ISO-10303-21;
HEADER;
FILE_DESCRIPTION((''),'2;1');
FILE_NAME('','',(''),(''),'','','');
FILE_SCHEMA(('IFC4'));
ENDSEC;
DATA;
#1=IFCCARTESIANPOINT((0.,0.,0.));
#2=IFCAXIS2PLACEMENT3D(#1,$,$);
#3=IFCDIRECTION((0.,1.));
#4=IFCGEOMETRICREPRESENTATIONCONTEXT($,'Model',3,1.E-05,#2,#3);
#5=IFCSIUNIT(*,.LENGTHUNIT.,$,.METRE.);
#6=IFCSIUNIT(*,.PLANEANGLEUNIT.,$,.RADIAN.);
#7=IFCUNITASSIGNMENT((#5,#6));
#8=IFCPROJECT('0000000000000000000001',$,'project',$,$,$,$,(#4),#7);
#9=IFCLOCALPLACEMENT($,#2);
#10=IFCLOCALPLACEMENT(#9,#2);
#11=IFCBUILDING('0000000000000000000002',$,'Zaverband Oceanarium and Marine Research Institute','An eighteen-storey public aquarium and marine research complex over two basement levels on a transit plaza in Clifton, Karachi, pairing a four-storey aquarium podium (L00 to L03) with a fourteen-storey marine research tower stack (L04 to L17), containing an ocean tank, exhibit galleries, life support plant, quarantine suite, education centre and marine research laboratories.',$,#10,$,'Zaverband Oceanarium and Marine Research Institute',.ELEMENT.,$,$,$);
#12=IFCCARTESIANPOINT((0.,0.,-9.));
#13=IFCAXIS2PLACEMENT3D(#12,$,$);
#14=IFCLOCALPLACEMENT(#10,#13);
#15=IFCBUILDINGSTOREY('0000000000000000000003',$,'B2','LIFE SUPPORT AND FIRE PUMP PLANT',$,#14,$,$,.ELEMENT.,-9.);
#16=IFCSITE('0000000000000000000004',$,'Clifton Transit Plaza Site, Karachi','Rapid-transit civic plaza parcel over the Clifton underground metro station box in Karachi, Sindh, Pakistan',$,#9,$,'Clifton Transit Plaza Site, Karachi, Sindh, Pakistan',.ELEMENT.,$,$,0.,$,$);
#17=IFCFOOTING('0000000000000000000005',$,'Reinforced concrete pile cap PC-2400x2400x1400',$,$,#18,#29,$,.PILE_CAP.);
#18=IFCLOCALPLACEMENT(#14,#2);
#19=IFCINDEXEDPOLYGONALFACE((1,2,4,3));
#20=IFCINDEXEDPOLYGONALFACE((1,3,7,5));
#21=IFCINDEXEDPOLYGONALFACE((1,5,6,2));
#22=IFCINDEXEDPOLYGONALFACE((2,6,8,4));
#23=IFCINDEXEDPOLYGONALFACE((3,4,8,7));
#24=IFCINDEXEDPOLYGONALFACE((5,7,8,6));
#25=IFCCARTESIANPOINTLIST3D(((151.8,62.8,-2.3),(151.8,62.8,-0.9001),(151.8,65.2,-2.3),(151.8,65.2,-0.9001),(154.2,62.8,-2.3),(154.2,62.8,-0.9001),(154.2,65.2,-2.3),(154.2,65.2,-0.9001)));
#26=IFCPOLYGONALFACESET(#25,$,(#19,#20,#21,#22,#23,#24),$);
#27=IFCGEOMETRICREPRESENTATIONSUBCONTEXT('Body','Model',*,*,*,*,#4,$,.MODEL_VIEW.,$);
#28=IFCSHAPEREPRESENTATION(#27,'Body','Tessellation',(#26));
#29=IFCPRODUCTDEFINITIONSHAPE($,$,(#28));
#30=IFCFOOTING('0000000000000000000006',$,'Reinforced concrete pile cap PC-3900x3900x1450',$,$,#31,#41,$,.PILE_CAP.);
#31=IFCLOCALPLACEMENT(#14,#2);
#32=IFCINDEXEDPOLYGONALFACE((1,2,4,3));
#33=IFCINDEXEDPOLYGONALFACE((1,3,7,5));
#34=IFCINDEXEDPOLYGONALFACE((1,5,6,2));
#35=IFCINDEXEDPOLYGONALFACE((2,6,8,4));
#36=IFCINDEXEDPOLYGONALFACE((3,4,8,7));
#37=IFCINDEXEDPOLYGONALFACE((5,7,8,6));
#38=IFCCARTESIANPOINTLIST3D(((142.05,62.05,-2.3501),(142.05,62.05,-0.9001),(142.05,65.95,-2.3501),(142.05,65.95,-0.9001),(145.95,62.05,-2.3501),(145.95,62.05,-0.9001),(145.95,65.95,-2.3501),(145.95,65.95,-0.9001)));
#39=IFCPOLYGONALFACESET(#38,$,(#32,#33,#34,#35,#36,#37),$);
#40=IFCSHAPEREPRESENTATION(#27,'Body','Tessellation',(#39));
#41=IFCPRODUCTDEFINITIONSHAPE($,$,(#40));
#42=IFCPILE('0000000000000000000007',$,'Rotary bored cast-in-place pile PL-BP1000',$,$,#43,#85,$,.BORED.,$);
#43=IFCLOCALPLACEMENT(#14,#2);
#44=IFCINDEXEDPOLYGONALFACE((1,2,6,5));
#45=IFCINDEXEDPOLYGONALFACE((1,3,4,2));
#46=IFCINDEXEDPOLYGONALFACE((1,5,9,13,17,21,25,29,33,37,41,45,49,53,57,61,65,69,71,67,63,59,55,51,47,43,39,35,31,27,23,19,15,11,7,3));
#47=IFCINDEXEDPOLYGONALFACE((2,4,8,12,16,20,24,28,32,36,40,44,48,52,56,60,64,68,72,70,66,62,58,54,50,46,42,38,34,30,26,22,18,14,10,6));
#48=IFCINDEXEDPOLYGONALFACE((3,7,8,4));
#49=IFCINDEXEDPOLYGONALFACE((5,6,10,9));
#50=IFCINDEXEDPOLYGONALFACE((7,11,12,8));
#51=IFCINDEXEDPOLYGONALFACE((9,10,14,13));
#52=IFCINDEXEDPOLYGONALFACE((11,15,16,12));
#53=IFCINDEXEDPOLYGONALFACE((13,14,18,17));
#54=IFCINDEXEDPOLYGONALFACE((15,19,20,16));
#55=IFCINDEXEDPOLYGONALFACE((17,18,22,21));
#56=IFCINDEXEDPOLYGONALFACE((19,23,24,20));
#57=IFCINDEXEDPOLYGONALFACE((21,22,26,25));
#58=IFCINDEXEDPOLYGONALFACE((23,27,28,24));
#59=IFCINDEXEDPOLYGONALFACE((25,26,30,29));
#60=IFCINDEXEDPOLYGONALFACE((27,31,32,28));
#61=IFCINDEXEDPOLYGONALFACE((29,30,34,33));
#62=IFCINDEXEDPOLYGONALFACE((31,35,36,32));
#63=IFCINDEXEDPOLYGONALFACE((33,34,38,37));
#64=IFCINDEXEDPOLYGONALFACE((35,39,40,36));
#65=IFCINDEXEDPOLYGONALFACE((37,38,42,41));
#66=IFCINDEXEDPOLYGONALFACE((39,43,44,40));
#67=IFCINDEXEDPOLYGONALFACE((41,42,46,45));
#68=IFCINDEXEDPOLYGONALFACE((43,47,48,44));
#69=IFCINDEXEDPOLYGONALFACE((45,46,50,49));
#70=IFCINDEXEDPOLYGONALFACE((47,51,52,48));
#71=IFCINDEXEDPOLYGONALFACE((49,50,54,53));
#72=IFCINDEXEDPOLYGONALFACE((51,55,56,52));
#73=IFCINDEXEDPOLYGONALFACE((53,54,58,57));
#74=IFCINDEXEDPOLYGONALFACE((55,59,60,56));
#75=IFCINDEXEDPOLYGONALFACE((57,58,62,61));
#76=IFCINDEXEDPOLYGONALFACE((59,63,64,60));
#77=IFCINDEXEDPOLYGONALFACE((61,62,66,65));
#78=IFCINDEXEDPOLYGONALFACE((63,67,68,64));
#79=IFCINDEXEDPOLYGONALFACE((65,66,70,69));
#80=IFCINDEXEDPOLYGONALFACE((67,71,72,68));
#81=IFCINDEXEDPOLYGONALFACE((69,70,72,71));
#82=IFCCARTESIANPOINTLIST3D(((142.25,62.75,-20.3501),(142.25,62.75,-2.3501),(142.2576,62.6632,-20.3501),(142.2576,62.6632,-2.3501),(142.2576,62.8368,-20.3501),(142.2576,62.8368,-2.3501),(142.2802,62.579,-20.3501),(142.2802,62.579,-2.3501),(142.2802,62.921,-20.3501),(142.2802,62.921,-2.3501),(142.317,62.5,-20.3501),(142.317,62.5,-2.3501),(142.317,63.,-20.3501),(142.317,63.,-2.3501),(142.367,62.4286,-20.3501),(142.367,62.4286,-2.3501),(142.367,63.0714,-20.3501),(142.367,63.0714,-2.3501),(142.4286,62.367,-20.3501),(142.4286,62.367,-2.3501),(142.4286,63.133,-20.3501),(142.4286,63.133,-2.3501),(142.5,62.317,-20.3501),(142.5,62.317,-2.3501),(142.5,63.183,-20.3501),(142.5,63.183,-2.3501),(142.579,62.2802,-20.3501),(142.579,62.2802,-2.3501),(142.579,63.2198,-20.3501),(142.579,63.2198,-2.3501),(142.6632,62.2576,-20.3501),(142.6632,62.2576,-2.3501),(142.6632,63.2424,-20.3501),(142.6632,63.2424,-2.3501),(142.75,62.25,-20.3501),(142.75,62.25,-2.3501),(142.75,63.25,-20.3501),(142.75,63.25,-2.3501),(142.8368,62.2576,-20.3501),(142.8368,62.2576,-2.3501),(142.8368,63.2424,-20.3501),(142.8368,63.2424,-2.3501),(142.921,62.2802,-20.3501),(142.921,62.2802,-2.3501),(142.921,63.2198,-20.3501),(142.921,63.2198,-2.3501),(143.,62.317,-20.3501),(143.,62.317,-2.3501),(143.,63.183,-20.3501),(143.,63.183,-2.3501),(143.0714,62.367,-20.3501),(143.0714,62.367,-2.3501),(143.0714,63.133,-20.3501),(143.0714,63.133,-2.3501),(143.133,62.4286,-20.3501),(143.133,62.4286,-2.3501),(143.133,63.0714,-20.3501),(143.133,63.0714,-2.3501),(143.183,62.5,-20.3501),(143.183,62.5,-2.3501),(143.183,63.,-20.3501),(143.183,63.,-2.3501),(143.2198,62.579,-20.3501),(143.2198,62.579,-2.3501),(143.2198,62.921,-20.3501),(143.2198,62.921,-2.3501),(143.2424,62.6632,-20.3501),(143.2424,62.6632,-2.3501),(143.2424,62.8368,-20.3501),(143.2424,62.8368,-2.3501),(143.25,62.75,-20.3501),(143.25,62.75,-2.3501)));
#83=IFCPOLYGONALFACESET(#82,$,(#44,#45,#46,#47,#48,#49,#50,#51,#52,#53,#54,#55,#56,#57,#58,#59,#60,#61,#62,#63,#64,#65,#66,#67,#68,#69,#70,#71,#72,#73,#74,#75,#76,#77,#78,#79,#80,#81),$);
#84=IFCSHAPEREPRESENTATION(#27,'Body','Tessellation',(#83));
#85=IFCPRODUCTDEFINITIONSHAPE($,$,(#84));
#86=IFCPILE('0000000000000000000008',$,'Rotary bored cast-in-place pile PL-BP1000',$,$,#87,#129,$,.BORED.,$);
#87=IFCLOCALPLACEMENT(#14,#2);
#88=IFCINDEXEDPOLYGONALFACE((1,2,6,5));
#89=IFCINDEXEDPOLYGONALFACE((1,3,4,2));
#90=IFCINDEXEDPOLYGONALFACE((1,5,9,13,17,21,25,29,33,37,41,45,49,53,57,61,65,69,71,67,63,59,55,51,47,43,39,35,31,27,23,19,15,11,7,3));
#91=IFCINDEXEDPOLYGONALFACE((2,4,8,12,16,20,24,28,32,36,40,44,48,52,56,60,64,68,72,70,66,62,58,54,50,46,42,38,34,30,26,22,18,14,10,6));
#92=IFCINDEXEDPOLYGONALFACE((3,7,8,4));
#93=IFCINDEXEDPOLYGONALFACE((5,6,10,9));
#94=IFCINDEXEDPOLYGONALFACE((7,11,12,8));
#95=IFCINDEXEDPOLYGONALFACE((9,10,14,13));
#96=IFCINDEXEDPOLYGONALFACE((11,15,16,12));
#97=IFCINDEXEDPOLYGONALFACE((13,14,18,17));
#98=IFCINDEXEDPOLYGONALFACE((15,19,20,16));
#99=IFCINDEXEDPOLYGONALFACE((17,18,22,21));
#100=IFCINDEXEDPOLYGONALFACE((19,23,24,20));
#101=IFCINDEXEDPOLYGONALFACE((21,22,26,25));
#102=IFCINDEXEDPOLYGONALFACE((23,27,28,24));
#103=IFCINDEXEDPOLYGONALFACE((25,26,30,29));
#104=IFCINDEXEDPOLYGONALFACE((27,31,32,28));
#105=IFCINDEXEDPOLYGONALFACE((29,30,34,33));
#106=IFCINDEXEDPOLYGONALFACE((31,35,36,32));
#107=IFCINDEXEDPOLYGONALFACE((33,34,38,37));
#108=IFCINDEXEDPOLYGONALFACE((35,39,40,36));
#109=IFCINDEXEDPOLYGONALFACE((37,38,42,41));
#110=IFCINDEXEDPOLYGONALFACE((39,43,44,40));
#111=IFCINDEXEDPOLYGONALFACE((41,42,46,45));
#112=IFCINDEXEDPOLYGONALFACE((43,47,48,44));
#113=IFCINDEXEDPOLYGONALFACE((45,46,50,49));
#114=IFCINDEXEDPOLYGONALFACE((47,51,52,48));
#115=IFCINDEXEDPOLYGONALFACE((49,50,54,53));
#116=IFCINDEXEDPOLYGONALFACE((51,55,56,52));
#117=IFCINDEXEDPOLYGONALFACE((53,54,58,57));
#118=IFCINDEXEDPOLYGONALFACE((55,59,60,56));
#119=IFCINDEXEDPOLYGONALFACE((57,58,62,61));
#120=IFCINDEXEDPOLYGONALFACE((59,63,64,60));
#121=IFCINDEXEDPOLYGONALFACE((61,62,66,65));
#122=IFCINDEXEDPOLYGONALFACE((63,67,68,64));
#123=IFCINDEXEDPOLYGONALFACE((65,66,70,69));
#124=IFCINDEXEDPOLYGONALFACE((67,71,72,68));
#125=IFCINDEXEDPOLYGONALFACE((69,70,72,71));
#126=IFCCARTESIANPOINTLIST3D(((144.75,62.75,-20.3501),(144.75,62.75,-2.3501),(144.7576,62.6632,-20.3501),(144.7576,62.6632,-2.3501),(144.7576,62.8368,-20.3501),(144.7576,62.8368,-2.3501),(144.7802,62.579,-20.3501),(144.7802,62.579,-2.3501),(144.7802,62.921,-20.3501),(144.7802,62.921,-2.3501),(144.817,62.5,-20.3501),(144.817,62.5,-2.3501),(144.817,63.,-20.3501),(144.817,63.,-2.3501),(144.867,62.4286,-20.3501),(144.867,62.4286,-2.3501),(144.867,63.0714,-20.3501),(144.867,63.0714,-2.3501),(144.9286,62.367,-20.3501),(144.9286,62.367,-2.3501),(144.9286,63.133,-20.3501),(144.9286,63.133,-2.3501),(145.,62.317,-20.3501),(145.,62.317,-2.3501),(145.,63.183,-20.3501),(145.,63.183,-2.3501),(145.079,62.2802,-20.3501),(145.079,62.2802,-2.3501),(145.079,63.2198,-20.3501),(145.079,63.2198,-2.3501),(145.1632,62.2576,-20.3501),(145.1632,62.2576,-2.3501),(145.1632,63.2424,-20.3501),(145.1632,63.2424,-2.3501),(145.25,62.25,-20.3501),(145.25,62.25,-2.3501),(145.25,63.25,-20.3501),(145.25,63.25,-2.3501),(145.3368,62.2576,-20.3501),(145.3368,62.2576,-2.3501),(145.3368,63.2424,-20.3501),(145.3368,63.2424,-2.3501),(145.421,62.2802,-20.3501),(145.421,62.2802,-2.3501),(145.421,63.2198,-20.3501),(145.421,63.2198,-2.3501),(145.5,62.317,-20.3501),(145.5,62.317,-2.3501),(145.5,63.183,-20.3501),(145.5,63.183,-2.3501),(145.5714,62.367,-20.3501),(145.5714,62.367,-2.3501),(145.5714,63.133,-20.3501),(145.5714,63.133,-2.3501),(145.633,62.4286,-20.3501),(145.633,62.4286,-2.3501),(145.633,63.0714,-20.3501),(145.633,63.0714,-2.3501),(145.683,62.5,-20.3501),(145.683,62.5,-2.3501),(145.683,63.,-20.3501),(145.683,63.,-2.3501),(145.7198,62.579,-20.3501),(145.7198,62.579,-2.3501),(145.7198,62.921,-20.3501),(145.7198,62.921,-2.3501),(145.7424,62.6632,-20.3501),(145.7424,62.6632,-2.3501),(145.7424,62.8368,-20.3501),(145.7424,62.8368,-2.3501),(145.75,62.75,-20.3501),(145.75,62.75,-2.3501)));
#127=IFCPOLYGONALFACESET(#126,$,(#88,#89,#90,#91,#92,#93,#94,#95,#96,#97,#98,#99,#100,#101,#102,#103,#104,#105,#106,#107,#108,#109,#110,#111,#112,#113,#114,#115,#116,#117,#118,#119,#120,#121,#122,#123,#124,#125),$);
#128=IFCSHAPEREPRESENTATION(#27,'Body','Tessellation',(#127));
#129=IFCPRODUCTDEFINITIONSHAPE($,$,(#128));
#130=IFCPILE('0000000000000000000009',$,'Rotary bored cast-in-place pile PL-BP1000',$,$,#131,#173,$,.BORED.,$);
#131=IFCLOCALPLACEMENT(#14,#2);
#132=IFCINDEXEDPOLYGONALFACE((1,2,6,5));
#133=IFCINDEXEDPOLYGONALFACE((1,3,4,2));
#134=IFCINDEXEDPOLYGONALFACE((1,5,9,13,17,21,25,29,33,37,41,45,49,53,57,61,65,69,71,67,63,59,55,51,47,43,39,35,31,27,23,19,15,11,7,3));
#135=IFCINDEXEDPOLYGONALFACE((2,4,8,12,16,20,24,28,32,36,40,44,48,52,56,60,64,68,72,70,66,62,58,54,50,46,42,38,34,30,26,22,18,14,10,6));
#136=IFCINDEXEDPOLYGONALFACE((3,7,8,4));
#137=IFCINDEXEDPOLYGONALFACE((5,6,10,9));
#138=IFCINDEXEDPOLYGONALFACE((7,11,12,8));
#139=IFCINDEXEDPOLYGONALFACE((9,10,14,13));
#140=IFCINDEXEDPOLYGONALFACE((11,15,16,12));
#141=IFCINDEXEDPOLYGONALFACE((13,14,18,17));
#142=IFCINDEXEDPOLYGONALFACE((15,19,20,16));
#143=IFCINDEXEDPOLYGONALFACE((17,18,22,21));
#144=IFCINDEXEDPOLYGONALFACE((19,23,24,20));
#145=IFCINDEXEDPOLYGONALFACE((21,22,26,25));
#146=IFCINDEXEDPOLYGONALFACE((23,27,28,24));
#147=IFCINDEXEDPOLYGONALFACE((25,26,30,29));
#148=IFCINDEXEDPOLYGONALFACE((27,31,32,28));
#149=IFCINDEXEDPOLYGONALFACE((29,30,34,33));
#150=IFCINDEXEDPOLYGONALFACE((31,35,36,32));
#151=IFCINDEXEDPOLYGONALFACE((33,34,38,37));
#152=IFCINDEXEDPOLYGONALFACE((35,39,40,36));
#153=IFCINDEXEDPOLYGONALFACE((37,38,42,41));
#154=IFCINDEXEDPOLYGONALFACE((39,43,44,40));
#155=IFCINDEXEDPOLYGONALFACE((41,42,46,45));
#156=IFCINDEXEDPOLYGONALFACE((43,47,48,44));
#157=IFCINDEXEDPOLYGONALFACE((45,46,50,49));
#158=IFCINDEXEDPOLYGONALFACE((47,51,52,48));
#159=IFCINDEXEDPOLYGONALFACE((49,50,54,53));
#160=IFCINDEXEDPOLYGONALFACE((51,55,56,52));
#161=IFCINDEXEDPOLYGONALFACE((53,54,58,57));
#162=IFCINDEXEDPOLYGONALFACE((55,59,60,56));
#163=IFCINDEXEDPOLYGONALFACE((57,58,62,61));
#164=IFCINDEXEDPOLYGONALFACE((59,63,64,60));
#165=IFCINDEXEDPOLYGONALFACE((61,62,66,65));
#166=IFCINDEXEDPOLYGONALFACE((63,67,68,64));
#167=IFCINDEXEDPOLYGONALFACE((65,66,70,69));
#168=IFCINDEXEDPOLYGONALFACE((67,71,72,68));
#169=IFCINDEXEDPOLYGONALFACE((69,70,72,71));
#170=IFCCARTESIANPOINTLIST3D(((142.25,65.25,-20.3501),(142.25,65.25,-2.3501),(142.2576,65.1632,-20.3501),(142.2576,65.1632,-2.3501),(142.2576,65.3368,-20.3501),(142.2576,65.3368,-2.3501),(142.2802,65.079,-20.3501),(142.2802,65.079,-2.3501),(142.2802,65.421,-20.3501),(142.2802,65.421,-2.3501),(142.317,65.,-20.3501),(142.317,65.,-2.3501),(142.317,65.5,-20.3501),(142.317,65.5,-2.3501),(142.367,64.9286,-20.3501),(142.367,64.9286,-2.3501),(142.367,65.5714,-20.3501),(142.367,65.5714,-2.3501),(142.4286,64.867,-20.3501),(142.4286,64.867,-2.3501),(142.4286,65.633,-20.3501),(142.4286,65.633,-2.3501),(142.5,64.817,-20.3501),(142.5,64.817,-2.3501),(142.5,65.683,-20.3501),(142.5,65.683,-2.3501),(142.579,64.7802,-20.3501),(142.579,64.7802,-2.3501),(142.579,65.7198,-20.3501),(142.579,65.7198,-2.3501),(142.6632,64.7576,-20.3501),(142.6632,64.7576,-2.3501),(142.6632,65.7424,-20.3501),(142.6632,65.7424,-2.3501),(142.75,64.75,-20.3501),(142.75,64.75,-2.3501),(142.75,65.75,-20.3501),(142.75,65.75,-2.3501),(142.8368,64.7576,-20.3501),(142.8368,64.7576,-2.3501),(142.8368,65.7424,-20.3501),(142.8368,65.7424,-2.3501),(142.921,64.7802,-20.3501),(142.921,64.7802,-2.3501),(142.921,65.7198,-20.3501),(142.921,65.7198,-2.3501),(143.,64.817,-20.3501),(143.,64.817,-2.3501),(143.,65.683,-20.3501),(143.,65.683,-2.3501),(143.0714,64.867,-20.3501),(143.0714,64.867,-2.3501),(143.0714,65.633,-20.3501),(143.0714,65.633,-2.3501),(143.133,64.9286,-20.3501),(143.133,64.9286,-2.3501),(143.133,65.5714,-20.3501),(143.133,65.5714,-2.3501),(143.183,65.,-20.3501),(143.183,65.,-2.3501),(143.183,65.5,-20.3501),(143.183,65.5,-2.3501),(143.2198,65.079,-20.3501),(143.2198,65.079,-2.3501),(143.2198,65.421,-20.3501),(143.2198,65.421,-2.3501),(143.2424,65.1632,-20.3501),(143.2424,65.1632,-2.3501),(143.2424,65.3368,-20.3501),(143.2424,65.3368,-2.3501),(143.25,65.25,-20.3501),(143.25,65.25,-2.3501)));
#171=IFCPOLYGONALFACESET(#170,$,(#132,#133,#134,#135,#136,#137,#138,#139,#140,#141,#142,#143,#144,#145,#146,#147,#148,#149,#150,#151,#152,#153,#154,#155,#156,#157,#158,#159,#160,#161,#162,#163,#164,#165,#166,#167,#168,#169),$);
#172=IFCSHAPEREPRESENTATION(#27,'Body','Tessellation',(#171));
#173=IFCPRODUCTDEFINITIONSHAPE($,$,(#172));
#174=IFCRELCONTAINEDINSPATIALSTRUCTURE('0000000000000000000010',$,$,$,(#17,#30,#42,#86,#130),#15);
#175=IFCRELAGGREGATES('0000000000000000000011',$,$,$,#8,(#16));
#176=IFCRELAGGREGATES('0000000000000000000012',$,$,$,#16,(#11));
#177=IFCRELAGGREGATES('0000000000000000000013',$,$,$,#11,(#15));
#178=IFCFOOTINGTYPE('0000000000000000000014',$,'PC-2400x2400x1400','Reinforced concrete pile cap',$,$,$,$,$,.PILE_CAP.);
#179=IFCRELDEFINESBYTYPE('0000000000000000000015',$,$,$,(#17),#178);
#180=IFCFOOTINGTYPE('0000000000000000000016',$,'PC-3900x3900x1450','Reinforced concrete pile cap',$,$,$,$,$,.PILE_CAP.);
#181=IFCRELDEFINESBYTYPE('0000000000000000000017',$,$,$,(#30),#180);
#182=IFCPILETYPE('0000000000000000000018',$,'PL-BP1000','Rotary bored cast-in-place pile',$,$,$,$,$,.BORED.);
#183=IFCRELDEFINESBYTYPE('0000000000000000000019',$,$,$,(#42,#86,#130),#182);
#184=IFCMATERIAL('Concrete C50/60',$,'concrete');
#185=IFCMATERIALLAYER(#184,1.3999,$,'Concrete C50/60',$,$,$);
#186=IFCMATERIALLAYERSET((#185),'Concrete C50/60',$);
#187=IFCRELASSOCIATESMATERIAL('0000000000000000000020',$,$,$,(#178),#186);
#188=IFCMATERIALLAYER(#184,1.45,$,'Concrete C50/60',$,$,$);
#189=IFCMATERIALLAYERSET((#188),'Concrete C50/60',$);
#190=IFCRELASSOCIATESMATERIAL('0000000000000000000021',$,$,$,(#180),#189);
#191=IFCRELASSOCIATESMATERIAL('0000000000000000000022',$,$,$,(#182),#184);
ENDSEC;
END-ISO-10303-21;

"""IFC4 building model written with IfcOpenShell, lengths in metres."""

from ifc_helpers import new_model, si_unit, direction, frame, origin, origin_2d, place, context, subcontext, project, spatial, rectangle, circle, extrude, material, layer, layer_set, material_profile, profile_set, type_object, element, save


model = new_model("IFC4")

# Units and contexts
model_context = context("Model", 3, precision=1e-05, world=origin(), true_north=direction((0.0, 1.0)))
body_context = subcontext(model_context, "Body", "Model", "MODEL_VIEW")
ifc_project = project(units=[si_unit("LENGTHUNIT", "METRE"), si_unit("PLANEANGLEUNIT", "RADIAN")], contexts=[model_context])

# Site, building, storey
site_placement = place(None, origin())
site = spatial("IfcSite", under=ifc_project, at=site_placement, Name="Clifton Transit Plaza Site, Karachi", Description="Rapid-transit civic plaza parcel over the Clifton underground metro station box in Karachi, Sindh, Pakistan", LongName="Clifton Transit Plaza Site, Karachi, Sindh, Pakistan", CompositionType="ELEMENT", RefElevation=0.0)
building_placement = place(site_placement, origin())
building = spatial("IfcBuilding", under=site, at=building_placement, Name="Zaverband Oceanarium and Marine Research Institute", Description="An eighteen-storey public aquarium and marine research complex over two basement levels on a transit plaza in Clifton, Karachi, pairing a four-storey aquarium podium (L00 to L03) with a fourteen-storey marine research tower stack (L04 to L17), containing an ocean tank, exhibit galleries, life support plant, quarantine suite, education centre and marine research laboratories.", LongName="Zaverband Oceanarium and Marine Research Institute", CompositionType="ELEMENT")
storey_placement = place(building_placement, frame((0.0, 0.0, -9.0)))
storey = spatial("IfcBuildingStorey", under=building, at=storey_placement, Name="B2", Description="LIFE SUPPORT AND FIRE PUMP PLANT", CompositionType="ELEMENT", Elevation=-9.0)

# Footings
ifc_material_1 = material(Name="Concrete C50/60", Category="concrete")
ifc_layer_1 = layer(ifc_material_1, 1.3999, Name="Concrete C50/60")
ifc_layer_set_1 = layer_set([ifc_layer_1], Name="Concrete C50/60")
footing_type_1 = type_object("IfcFootingType", Name="PC-2400x2400x1400", Description="Reinforced concrete pile cap", PredefinedType="PILE_CAP", material=ifc_layer_set_1)
footing_1_placement = place(storey_placement, frame((153.0, 64.0, -2.3), z_axis=(0.0, 0.0, 1.0), x_axis=(1.0, 0.0, 0.0)))
element("IfcFooting", 1, at=footing_1_placement, inside=storey, type_object=footing_type_1, Name="Reinforced concrete pile cap PC-2400x2400x1400", PredefinedType="PILE_CAP", context=body_context, shape_type="SweptSolid", body=[
    extrude(rectangle(XDim=2.3999, YDim=2.3999, at=origin_2d()), origin(), (0.0, 0.0, 1.0), 1.3999),
])
ifc_layer_2 = layer(ifc_material_1, 1.45, Name="Concrete C50/60")
ifc_layer_set_2 = layer_set([ifc_layer_2], Name="Concrete C50/60")
footing_type_2 = type_object("IfcFootingType", Name="PC-3900x3900x1450", Description="Reinforced concrete pile cap", PredefinedType="PILE_CAP", material=ifc_layer_set_2)
footing_2_placement = place(storey_placement, frame((144.0, 64.0, -2.3501), z_axis=(0.0, 0.0, 1.0), x_axis=(1.0, 0.0, 0.0)))
element("IfcFooting", 2, at=footing_2_placement, inside=storey, type_object=footing_type_2, Name="Reinforced concrete pile cap PC-3900x3900x1450", PredefinedType="PILE_CAP", context=body_context, shape_type="SweptSolid", body=[
    extrude(rectangle(XDim=3.8999, YDim=3.8999, at=origin_2d()), origin(), (0.0, 0.0, 1.0), 1.45),
])

# Piles
ifc_material_profile_1 = material_profile(ifc_material_1, circle(Radius=0.5, at=origin_2d()), Name="BP1000")
ifc_profile_set_1 = profile_set([ifc_material_profile_1], Name="Concrete C50/60")
pile_type_1 = type_object("IfcPileType", Name="PL-BP1000", Description="Rotary bored cast-in-place pile", PredefinedType="BORED", material=ifc_profile_set_1)
for number, where, z_axis, x_axis, name in (
    (3, (142.75, 62.75, -2.3501), (0.0, 0.0, -1.0), (1.0, 0.0, 0.0), "Rotary bored cast-in-place pile PL-BP1000"),
    (4, (145.25, 62.75, -2.3501), (0.0, 0.0, -1.0), (1.0, 0.0, 0.0), "Rotary bored cast-in-place pile PL-BP1000"),
    (5, (142.75, 65.25, -2.3501), (0.0, 0.0, -1.0), (1.0, 0.0, 0.0), "Rotary bored cast-in-place pile PL-BP1000"),
):
    element("IfcPile", number, at=place(storey_placement, frame(where, z_axis=z_axis, x_axis=x_axis)), inside=storey, type_object=pile_type_1, Name=name, PredefinedType="BORED", context=body_context, shape_type="SweptSolid", body=[
        extrude(circle(Radius=0.5, at=origin_2d()), origin(), (0.0, 0.0, 1.0), 18.0),
    ])

save(model, "model.ifc")
